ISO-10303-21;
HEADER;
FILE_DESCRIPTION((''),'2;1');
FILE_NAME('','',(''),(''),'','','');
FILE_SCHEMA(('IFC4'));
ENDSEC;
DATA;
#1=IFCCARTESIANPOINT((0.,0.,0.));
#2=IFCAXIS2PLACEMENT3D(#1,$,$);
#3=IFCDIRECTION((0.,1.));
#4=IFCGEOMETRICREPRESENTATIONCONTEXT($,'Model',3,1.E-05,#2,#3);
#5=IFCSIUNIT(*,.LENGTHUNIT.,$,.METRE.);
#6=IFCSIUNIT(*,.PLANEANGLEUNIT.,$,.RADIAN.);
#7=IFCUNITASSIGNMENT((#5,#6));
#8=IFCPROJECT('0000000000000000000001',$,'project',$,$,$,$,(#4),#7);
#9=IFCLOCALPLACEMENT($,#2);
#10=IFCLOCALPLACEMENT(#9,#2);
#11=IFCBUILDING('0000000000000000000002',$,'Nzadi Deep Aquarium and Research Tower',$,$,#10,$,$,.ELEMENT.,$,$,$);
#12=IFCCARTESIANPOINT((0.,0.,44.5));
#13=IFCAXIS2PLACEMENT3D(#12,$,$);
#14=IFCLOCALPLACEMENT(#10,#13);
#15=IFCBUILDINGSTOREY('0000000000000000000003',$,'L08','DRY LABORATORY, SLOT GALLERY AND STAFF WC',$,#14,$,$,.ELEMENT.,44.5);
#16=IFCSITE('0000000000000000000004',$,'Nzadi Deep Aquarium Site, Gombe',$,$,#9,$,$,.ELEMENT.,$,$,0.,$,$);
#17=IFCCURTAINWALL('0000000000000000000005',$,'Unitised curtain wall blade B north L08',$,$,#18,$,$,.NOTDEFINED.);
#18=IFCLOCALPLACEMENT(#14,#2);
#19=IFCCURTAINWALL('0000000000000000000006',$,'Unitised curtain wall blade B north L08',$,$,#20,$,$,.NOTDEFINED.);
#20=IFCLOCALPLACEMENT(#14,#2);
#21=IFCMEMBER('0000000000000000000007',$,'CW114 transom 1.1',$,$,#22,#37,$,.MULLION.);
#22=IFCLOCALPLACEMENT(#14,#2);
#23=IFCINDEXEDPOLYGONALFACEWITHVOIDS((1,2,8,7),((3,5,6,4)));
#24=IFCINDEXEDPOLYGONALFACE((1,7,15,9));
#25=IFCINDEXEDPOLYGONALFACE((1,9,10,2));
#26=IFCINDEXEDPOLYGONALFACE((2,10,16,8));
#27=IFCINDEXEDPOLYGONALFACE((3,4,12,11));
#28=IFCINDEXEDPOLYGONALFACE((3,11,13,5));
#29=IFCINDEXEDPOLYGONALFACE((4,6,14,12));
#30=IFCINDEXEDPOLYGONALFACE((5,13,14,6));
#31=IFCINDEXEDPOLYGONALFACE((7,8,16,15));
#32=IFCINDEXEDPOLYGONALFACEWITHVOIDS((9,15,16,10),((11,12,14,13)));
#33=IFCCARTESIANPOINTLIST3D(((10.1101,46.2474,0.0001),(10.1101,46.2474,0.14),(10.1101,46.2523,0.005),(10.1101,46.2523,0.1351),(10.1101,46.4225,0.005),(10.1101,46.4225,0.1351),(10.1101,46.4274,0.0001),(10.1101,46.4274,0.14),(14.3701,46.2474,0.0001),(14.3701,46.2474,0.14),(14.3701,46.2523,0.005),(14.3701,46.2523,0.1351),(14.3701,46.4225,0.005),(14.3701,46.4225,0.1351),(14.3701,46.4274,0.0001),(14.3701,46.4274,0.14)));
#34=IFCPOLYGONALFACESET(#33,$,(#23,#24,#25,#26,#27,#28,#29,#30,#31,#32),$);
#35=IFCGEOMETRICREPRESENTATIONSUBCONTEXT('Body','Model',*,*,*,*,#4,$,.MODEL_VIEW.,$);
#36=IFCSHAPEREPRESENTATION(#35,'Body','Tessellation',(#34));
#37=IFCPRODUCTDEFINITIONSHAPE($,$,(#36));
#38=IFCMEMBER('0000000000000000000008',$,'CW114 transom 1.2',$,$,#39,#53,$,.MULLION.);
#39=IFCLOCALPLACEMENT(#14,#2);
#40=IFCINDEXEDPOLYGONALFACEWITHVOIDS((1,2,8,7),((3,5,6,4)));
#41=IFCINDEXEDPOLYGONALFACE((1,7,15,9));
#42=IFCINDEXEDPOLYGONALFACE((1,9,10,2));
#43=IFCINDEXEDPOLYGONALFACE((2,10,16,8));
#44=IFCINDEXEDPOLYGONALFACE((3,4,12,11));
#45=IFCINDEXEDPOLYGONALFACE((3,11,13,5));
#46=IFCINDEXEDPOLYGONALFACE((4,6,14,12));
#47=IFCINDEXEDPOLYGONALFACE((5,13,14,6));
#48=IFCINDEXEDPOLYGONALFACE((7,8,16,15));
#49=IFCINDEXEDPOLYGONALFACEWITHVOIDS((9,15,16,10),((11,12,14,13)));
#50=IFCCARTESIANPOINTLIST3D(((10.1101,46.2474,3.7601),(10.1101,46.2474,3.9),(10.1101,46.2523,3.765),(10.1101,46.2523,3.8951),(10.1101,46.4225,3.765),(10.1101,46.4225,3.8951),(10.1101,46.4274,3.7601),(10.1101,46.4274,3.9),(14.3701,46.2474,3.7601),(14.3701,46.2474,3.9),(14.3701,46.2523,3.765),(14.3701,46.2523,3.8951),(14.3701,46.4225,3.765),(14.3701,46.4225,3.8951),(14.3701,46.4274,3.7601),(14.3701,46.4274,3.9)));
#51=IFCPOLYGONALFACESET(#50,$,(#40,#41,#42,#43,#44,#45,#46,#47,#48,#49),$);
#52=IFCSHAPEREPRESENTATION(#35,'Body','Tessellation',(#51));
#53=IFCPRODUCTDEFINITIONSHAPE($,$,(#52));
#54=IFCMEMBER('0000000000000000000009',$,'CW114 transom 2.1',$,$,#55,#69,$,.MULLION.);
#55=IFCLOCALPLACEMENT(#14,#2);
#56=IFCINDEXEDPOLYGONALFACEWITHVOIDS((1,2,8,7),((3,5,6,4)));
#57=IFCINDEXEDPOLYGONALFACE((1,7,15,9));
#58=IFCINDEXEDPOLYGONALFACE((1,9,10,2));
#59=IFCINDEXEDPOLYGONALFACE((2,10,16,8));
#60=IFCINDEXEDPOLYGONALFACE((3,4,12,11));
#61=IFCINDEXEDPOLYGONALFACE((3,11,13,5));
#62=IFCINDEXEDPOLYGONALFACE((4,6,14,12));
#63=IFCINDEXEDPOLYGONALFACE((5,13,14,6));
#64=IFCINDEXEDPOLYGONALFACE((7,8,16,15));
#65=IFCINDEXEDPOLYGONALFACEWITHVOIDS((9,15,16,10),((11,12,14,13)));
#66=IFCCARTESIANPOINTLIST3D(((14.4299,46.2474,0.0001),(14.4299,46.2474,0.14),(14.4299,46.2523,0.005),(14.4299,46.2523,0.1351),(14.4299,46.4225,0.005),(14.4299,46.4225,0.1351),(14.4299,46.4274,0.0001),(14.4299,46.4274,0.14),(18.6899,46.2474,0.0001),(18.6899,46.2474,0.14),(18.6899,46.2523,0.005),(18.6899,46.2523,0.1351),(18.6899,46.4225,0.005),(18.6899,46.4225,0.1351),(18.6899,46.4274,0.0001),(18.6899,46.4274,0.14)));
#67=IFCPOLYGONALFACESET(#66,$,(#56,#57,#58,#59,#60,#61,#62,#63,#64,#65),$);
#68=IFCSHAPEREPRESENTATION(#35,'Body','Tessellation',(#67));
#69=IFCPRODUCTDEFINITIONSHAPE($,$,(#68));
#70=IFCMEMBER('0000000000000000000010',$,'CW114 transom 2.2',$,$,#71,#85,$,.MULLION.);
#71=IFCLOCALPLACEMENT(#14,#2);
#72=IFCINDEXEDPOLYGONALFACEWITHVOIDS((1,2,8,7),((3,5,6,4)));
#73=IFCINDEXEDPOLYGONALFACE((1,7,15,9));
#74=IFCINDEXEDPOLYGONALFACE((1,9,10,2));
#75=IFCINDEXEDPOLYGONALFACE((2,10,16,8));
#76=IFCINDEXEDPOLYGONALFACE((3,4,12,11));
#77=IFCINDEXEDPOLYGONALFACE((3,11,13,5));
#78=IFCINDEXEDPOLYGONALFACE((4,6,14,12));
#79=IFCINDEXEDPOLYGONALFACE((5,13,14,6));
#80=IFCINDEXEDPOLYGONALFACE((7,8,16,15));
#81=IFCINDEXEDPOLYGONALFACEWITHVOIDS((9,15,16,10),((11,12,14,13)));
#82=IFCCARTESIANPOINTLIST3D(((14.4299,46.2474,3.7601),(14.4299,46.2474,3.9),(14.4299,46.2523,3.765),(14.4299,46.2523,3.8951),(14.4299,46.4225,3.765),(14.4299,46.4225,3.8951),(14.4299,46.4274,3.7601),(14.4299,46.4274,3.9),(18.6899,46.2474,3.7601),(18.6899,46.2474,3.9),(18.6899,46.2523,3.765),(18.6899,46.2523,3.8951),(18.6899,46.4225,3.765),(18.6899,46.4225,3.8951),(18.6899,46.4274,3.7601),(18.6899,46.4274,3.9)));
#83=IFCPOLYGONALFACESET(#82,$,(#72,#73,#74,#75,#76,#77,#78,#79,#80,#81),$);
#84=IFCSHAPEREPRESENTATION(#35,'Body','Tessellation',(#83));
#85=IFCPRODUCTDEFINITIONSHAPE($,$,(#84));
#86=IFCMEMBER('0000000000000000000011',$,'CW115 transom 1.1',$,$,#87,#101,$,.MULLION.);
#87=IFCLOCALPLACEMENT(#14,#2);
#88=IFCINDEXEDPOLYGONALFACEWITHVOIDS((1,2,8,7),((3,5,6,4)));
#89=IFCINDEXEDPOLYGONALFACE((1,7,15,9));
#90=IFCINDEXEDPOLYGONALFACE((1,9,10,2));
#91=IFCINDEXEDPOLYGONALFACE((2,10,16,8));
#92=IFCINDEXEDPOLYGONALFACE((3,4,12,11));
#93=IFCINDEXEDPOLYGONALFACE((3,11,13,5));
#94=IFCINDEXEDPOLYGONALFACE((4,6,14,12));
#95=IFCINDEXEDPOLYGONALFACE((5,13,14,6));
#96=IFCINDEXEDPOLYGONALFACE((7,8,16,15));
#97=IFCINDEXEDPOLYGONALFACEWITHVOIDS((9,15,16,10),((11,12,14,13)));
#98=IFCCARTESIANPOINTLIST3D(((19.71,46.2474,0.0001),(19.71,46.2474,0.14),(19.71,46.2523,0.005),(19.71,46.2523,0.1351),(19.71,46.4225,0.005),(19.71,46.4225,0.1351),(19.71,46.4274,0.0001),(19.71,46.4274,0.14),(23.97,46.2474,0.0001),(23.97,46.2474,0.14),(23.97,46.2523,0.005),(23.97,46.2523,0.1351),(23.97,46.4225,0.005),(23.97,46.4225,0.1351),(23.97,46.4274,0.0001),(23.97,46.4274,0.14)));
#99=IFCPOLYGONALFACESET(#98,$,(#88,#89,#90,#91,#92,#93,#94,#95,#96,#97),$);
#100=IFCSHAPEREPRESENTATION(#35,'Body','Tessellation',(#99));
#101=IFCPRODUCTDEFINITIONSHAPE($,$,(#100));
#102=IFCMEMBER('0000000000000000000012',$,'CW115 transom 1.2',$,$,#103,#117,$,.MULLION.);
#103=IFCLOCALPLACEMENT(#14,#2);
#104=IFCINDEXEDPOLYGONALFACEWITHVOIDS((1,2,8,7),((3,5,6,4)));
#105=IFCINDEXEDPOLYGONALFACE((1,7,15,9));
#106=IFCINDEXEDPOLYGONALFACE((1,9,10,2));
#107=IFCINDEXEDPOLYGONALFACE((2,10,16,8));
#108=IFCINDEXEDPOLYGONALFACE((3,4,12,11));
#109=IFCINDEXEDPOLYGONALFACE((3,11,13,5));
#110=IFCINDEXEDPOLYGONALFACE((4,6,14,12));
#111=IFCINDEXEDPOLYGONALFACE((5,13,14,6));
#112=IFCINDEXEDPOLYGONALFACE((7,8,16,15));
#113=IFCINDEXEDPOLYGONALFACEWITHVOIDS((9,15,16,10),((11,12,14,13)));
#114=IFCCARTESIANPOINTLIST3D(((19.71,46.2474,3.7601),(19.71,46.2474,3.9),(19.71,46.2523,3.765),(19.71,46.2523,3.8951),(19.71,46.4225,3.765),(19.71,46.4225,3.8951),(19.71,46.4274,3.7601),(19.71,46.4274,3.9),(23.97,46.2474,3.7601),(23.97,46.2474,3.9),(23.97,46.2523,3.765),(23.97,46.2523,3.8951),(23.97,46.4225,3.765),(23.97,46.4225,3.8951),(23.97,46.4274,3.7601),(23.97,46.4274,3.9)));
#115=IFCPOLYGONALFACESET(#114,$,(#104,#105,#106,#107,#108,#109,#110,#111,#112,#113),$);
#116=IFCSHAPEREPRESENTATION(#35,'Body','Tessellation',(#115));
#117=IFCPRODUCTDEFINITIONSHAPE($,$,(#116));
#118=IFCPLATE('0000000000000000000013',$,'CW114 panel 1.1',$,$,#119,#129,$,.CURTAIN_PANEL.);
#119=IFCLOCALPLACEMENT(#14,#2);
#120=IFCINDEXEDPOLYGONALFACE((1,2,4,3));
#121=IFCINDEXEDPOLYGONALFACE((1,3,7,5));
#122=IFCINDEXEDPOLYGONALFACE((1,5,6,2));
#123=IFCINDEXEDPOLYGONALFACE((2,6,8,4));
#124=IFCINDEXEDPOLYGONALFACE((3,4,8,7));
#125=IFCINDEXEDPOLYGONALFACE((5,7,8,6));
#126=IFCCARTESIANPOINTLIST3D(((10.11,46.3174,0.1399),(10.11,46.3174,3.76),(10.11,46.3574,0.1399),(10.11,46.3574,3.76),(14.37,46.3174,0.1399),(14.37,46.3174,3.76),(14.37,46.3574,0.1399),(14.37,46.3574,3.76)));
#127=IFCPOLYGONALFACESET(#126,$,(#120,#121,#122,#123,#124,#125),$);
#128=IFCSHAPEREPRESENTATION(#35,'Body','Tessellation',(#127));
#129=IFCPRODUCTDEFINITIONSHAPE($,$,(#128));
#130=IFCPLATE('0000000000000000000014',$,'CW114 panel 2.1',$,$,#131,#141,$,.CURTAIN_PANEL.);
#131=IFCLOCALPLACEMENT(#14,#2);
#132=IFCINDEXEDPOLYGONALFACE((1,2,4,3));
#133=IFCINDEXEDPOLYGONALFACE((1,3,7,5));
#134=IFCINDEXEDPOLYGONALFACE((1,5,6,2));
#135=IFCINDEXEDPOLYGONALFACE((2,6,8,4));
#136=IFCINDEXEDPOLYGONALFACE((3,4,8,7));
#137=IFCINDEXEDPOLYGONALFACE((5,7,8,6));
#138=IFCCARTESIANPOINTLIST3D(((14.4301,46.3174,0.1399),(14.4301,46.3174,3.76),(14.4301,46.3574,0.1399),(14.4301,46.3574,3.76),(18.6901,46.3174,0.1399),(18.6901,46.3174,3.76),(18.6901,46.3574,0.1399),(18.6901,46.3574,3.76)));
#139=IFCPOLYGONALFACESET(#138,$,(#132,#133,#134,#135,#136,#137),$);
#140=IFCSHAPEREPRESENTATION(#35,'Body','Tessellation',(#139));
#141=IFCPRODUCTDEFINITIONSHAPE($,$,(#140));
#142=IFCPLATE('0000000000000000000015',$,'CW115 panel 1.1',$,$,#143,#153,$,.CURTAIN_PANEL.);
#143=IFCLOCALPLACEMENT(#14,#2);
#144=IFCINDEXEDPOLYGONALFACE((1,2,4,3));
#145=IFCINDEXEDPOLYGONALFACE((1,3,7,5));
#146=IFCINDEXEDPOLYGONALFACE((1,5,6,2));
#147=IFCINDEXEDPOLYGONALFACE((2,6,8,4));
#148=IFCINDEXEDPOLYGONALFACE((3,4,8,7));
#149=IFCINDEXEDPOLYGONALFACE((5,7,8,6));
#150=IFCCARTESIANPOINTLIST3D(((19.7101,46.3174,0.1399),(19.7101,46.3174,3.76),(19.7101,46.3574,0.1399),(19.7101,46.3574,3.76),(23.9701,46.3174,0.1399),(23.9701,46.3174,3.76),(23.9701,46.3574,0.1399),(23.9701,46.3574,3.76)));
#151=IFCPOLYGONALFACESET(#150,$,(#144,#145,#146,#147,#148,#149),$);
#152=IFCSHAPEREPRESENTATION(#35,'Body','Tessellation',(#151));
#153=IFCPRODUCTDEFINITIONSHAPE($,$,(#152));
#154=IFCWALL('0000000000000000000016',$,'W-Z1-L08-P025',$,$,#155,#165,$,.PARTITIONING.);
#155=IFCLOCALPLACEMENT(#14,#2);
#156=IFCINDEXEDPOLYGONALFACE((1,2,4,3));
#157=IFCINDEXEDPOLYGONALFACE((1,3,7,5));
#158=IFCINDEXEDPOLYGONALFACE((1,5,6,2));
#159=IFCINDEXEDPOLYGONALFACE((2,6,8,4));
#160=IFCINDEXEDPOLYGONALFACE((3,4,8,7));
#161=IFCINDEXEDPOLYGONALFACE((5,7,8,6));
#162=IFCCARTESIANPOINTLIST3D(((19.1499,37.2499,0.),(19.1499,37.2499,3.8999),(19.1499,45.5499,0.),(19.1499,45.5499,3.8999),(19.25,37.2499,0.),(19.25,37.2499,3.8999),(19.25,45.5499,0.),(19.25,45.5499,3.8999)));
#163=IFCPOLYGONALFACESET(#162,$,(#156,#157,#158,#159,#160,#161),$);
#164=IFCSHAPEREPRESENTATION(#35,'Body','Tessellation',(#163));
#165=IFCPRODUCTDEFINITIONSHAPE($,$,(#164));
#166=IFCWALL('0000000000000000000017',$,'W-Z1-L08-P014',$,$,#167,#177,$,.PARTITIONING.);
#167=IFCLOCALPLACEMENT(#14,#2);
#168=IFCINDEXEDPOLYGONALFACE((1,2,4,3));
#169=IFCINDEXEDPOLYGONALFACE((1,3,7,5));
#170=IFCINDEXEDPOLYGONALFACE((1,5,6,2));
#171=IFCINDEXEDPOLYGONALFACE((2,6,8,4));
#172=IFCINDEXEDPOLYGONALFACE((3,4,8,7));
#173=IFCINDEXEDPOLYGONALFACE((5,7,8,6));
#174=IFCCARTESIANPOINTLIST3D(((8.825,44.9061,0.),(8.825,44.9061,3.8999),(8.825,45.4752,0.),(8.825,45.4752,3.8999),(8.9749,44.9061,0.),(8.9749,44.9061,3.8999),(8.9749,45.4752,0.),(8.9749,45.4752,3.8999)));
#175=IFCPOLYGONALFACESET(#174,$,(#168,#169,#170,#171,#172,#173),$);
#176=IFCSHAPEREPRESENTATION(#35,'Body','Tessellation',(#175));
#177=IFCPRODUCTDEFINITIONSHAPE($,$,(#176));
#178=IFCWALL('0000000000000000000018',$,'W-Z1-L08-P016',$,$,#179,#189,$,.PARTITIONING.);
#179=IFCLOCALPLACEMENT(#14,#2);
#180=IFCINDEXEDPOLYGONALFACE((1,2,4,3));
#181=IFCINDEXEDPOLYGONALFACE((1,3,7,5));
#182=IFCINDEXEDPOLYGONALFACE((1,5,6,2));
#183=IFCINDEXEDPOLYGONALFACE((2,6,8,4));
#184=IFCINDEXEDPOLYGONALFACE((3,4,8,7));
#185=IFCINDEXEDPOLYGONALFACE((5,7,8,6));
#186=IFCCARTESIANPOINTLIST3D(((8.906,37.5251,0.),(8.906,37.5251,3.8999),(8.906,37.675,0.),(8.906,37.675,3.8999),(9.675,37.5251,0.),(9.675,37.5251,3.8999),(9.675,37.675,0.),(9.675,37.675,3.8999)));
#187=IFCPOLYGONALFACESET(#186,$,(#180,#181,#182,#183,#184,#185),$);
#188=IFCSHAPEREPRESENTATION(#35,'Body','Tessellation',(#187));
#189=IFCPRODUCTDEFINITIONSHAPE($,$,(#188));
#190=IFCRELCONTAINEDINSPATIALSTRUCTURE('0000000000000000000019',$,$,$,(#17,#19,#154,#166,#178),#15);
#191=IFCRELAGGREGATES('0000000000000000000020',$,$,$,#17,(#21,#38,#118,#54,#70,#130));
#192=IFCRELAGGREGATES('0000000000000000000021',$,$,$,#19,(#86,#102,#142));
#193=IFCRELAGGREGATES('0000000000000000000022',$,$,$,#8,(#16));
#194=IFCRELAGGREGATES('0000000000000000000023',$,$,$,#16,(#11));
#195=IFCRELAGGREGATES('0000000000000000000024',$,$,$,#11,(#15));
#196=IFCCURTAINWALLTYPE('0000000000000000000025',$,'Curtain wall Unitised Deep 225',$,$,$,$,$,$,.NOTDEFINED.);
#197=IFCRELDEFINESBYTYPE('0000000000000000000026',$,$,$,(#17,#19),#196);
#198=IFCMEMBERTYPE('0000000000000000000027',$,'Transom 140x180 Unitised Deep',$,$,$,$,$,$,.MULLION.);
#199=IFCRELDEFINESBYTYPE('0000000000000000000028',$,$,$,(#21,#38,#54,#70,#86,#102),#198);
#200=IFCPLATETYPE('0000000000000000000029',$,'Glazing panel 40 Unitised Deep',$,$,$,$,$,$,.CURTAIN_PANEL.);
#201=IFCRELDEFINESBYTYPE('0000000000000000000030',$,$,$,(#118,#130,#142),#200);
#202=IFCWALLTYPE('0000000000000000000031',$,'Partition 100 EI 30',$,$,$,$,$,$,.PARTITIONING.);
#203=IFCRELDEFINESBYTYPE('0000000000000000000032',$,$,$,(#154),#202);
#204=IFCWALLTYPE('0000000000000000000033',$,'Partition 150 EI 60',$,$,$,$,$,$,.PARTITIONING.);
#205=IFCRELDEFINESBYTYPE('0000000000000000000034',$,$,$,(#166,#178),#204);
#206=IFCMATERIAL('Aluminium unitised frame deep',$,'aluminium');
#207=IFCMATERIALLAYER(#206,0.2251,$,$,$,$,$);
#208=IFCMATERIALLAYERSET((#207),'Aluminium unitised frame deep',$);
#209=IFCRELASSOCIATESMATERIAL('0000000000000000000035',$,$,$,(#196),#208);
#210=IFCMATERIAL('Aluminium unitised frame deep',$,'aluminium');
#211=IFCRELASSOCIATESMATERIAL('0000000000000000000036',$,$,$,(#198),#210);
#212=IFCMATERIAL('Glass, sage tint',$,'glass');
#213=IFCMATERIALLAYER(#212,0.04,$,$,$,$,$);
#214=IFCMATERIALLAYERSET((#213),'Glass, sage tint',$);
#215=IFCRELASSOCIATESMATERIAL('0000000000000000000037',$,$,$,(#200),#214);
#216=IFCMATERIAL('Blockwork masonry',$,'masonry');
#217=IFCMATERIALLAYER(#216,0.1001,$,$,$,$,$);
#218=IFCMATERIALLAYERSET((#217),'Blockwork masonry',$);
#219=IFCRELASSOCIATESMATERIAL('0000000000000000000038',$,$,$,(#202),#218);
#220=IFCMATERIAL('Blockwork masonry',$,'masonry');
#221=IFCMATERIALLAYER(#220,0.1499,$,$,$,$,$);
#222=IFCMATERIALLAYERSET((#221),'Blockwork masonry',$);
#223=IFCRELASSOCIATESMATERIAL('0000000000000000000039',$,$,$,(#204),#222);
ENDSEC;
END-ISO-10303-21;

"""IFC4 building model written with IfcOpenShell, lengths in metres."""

from ifc_helpers import new_model, si_unit, direction, frame, frame_2d, origin, origin_2d, place, context, subcontext, project, spatial, rectangle, hollow_rectangle, extrude, material, layer, layer_set, material_profile, profile_set, type_object, element, aggregate, save


model = new_model("IFC4")

# Units and contexts
model_context = context("Model", 3, precision=1e-05, world=origin(), true_north=direction((0.0, 1.0)))
body_context = subcontext(model_context, "Body", "Model", "MODEL_VIEW")
ifc_project = project(units=[si_unit("LENGTHUNIT", "METRE"), si_unit("PLANEANGLEUNIT", "RADIAN")], contexts=[model_context])

# Site, building, storey
site_placement = place(None, origin())
site = spatial("IfcSite", under=ifc_project, at=site_placement, Name="Nzadi Deep Aquarium Site, Gombe", CompositionType="ELEMENT", RefElevation=0.0)
building_placement = place(site_placement, origin())
building = spatial("IfcBuilding", under=site, at=building_placement, Name="Nzadi Deep Aquarium and Research Tower", CompositionType="ELEMENT")
storey_placement = place(building_placement, frame((0.0, 0.0, 44.5)))
storey = spatial("IfcBuildingStorey", under=building, at=storey_placement, Name="L08", Description="DRY LABORATORY, SLOT GALLERY AND STAFF WC", CompositionType="ELEMENT", Elevation=44.5)

# Shared definitions
ifc_material_1 = material(Name="Aluminium unitised frame deep", Category="aluminium")
ifc_layer_1 = layer(ifc_material_1, 0.2251)
ifc_layer_set_1 = layer_set([ifc_layer_1], Name="Aluminium unitised frame deep")
curtain_wall_type = type_object("IfcCurtainWallType", Name="Curtain wall Unitised Deep 225", PredefinedType="NOTDEFINED", material=ifc_layer_set_1)

# Curtain wall
curtain_wall_1_placement = place(storey_placement, origin())
curtain_wall_1 = element("IfcCurtainWall", 1, at=curtain_wall_1_placement, inside=storey, type_object=curtain_wall_type, Name="Unitised curtain wall blade B north L08", PredefinedType="NOTDEFINED")

# Curtain wall
curtain_wall_2_placement = place(storey_placement, origin())
curtain_wall_2 = element("IfcCurtainWall", 2, at=curtain_wall_2_placement, inside=storey, type_object=curtain_wall_type, Name="Unitised curtain wall blade B north L08", PredefinedType="NOTDEFINED")

# Members
ifc_material_2 = material(Name="Aluminium unitised frame deep", Category="aluminium")
ifc_material_profile_1 = material_profile(ifc_material_2, hollow_rectangle(XDim=0.1799, YDim=0.1399, WallThickness=0.0049, at=origin_2d()))
ifc_profile_set_1 = profile_set([ifc_material_profile_1], Name="Aluminium unitised frame deep")
member_type_1 = type_object("IfcMemberType", Name="Transom 140x180 Unitised Deep", PredefinedType="MULLION", material=ifc_profile_set_1)
member_1_placement = place(storey_placement, frame((10.1101, 46.3374, 0.0701), z_axis=(1.0, 0.0, 0.0), x_axis=(0.0, 1.0, 0.0)))
member_1 = element("IfcMember", 3, at=member_1_placement, type_object=member_type_1, Name="CW114 transom 1.1", PredefinedType="MULLION", context=body_context, shape_type="SweptSolid", body=[
    extrude(hollow_rectangle(XDim=0.1799, YDim=0.1399, WallThickness=0.0049, at=origin_2d()), origin(), (0.0, 0.0, 1.0), 4.26),
])
member_2_placement = place(storey_placement, frame((10.1101, 46.3374, 3.8301), z_axis=(1.0, 0.0, 0.0), x_axis=(0.0, 1.0, 0.0)))
member_2 = element("IfcMember", 4, at=member_2_placement, type_object=member_type_1, Name="CW114 transom 1.2", PredefinedType="MULLION", context=body_context, shape_type="SweptSolid", body=[
    extrude(hollow_rectangle(XDim=0.1799, YDim=0.1399, WallThickness=0.0049, at=origin_2d()), origin(), (0.0, 0.0, 1.0), 4.26),
])
member_3_placement = place(storey_placement, frame((14.4299, 46.3374, 0.0701), z_axis=(1.0, 0.0, 0.0), x_axis=(0.0, 1.0, 0.0)))
member_3 = element("IfcMember", 5, at=member_3_placement, type_object=member_type_1, Name="CW114 transom 2.1", PredefinedType="MULLION", context=body_context, shape_type="SweptSolid", body=[
    extrude(hollow_rectangle(XDim=0.1799, YDim=0.1399, WallThickness=0.0049, at=origin_2d()), origin(), (0.0, 0.0, 1.0), 4.26),
])
member_4_placement = place(storey_placement, frame((14.4299, 46.3374, 3.8301), z_axis=(1.0, 0.0, 0.0), x_axis=(0.0, 1.0, 0.0)))
member_4 = element("IfcMember", 6, at=member_4_placement, type_object=member_type_1, Name="CW114 transom 2.2", PredefinedType="MULLION", context=body_context, shape_type="SweptSolid", body=[
    extrude(hollow_rectangle(XDim=0.1799, YDim=0.1399, WallThickness=0.0049, at=origin_2d()), origin(), (0.0, 0.0, 1.0), 4.26),
])
member_5_placement = place(storey_placement, frame((19.71, 46.3374, 0.0701), z_axis=(1.0, 0.0, 0.0), x_axis=(0.0, 1.0, 0.0)))
member_5 = element("IfcMember", 7, at=member_5_placement, type_object=member_type_1, Name="CW115 transom 1.1", PredefinedType="MULLION", context=body_context, shape_type="SweptSolid", body=[
    extrude(hollow_rectangle(XDim=0.1799, YDim=0.1399, WallThickness=0.0049, at=origin_2d()), origin(), (0.0, 0.0, 1.0), 4.26),
])
member_6_placement = place(storey_placement, frame((19.71, 46.3374, 3.8301), z_axis=(1.0, 0.0, 0.0), x_axis=(0.0, 1.0, 0.0)))
member_6 = element("IfcMember", 8, at=member_6_placement, type_object=member_type_1, Name="CW115 transom 1.2", PredefinedType="MULLION", context=body_context, shape_type="SweptSolid", body=[
    extrude(hollow_rectangle(XDim=0.1799, YDim=0.1399, WallThickness=0.0049, at=origin_2d()), origin(), (0.0, 0.0, 1.0), 4.26),
])

# Plates
ifc_material_3 = material(Name="Glass, sage tint", Category="glass")
ifc_layer_2 = layer(ifc_material_3, 0.04)
ifc_layer_set_2 = layer_set([ifc_layer_2], Name="Glass, sage tint")
plate_type = type_object("IfcPlateType", Name="Glazing panel 40 Unitised Deep", PredefinedType="CURTAIN_PANEL", material=ifc_layer_set_2)
plate_1_placement = place(storey_placement, frame((12.24, 46.3374, 0.1399), z_axis=(0.0, 0.0, 1.0), x_axis=(1.0, 0.0, 0.0)))
plate_1 = element("IfcPlate", 9, at=plate_1_placement, type_object=plate_type, Name="CW114 panel 1.1", PredefinedType="CURTAIN_PANEL", context=body_context, shape_type="SweptSolid", body=[
    extrude(rectangle(XDim=4.26, YDim=0.04, at=origin_2d()), origin(), (0.0, 0.0, 1.0), 3.6201),
])
plate_2_placement = place(storey_placement, frame((16.5601, 46.3374, 0.1399), z_axis=(0.0, 0.0, 1.0), x_axis=(1.0, 0.0, 0.0)))
plate_2 = element("IfcPlate", 10, at=plate_2_placement, type_object=plate_type, Name="CW114 panel 2.1", PredefinedType="CURTAIN_PANEL", context=body_context, shape_type="SweptSolid", body=[
    extrude(rectangle(XDim=4.26, YDim=0.04, at=origin_2d()), origin(), (0.0, 0.0, 1.0), 3.6201),
])
aggregate(curtain_wall_1, [member_1, member_2, plate_1, member_3, member_4, plate_2])
plate_3_placement = place(storey_placement, frame((21.8401, 46.3374, 0.1399), z_axis=(0.0, 0.0, 1.0), x_axis=(1.0, 0.0, 0.0)))
plate_3 = element("IfcPlate", 11, at=plate_3_placement, type_object=plate_type, Name="CW115 panel 1.1", PredefinedType="CURTAIN_PANEL", context=body_context, shape_type="SweptSolid", body=[
    extrude(rectangle(XDim=4.26, YDim=0.04, at=origin_2d()), origin(), (0.0, 0.0, 1.0), 3.6201),
])
aggregate(curtain_wall_2, [member_5, member_6, plate_3])

# Walls
ifc_material_4 = material(Name="Blockwork masonry", Category="masonry")
ifc_layer_3 = layer(ifc_material_4, 0.1001)
ifc_layer_set_3 = layer_set([ifc_layer_3], Name="Blockwork masonry")
wall_type_1 = type_object("IfcWallType", Name="Partition 100 EI 30", PredefinedType="PARTITIONING", material=ifc_layer_set_3)
wall_1_placement = place(storey_placement, frame((19.2, 37.25, 0.0), z_axis=(0.0, 0.0, 1.0), x_axis=(0.0, 1.0, 0.0)))
element("IfcWall", 12, at=wall_1_placement, inside=storey, type_object=wall_type_1, Name="W-Z1-L08-P025", PredefinedType="PARTITIONING", context=body_context, shape_type="SweptSolid", body=[
    extrude(rectangle(XDim=8.3, YDim=0.1001, at=frame_2d((4.1499, 0.0))), origin(), (0.0, 0.0, 1.0), 3.8999),
])
ifc_material_5 = material(Name="Blockwork masonry", Category="masonry")
ifc_layer_4 = layer(ifc_material_5, 0.1499)
ifc_layer_set_4 = layer_set([ifc_layer_4], Name="Blockwork masonry")
wall_type_2 = type_object("IfcWallType", Name="Partition 150 EI 60", PredefinedType="PARTITIONING", material=ifc_layer_set_4)
wall_2_placement = place(storey_placement, frame((8.8999, 44.906, 0.0), z_axis=(0.0, 0.0, 1.0), x_axis=(0.0, 1.0, 0.0)))
element("IfcWall", 13, at=wall_2_placement, inside=storey, type_object=wall_type_2, Name="W-Z1-L08-P014", PredefinedType="PARTITIONING", context=body_context, shape_type="SweptSolid", body=[
    extrude(rectangle(XDim=0.5691, YDim=0.1499, at=frame_2d((0.2847, 0.0))), origin(), (0.0, 0.0, 1.0), 3.8999),
])
wall_3_placement = place(storey_placement, frame((8.906, 37.6001, 0.0), z_axis=(0.0, 0.0, 1.0), x_axis=(1.0, 0.0, 0.0)))
element("IfcWall", 14, at=wall_3_placement, inside=storey, type_object=wall_type_2, Name="W-Z1-L08-P016", PredefinedType="PARTITIONING", context=body_context, shape_type="SweptSolid", body=[
    extrude(rectangle(XDim=0.769, YDim=0.1499, at=frame_2d((0.3845, 0.0))), origin(), (0.0, 0.0, 1.0), 3.8999),
])

save(model, "model.ifc")
